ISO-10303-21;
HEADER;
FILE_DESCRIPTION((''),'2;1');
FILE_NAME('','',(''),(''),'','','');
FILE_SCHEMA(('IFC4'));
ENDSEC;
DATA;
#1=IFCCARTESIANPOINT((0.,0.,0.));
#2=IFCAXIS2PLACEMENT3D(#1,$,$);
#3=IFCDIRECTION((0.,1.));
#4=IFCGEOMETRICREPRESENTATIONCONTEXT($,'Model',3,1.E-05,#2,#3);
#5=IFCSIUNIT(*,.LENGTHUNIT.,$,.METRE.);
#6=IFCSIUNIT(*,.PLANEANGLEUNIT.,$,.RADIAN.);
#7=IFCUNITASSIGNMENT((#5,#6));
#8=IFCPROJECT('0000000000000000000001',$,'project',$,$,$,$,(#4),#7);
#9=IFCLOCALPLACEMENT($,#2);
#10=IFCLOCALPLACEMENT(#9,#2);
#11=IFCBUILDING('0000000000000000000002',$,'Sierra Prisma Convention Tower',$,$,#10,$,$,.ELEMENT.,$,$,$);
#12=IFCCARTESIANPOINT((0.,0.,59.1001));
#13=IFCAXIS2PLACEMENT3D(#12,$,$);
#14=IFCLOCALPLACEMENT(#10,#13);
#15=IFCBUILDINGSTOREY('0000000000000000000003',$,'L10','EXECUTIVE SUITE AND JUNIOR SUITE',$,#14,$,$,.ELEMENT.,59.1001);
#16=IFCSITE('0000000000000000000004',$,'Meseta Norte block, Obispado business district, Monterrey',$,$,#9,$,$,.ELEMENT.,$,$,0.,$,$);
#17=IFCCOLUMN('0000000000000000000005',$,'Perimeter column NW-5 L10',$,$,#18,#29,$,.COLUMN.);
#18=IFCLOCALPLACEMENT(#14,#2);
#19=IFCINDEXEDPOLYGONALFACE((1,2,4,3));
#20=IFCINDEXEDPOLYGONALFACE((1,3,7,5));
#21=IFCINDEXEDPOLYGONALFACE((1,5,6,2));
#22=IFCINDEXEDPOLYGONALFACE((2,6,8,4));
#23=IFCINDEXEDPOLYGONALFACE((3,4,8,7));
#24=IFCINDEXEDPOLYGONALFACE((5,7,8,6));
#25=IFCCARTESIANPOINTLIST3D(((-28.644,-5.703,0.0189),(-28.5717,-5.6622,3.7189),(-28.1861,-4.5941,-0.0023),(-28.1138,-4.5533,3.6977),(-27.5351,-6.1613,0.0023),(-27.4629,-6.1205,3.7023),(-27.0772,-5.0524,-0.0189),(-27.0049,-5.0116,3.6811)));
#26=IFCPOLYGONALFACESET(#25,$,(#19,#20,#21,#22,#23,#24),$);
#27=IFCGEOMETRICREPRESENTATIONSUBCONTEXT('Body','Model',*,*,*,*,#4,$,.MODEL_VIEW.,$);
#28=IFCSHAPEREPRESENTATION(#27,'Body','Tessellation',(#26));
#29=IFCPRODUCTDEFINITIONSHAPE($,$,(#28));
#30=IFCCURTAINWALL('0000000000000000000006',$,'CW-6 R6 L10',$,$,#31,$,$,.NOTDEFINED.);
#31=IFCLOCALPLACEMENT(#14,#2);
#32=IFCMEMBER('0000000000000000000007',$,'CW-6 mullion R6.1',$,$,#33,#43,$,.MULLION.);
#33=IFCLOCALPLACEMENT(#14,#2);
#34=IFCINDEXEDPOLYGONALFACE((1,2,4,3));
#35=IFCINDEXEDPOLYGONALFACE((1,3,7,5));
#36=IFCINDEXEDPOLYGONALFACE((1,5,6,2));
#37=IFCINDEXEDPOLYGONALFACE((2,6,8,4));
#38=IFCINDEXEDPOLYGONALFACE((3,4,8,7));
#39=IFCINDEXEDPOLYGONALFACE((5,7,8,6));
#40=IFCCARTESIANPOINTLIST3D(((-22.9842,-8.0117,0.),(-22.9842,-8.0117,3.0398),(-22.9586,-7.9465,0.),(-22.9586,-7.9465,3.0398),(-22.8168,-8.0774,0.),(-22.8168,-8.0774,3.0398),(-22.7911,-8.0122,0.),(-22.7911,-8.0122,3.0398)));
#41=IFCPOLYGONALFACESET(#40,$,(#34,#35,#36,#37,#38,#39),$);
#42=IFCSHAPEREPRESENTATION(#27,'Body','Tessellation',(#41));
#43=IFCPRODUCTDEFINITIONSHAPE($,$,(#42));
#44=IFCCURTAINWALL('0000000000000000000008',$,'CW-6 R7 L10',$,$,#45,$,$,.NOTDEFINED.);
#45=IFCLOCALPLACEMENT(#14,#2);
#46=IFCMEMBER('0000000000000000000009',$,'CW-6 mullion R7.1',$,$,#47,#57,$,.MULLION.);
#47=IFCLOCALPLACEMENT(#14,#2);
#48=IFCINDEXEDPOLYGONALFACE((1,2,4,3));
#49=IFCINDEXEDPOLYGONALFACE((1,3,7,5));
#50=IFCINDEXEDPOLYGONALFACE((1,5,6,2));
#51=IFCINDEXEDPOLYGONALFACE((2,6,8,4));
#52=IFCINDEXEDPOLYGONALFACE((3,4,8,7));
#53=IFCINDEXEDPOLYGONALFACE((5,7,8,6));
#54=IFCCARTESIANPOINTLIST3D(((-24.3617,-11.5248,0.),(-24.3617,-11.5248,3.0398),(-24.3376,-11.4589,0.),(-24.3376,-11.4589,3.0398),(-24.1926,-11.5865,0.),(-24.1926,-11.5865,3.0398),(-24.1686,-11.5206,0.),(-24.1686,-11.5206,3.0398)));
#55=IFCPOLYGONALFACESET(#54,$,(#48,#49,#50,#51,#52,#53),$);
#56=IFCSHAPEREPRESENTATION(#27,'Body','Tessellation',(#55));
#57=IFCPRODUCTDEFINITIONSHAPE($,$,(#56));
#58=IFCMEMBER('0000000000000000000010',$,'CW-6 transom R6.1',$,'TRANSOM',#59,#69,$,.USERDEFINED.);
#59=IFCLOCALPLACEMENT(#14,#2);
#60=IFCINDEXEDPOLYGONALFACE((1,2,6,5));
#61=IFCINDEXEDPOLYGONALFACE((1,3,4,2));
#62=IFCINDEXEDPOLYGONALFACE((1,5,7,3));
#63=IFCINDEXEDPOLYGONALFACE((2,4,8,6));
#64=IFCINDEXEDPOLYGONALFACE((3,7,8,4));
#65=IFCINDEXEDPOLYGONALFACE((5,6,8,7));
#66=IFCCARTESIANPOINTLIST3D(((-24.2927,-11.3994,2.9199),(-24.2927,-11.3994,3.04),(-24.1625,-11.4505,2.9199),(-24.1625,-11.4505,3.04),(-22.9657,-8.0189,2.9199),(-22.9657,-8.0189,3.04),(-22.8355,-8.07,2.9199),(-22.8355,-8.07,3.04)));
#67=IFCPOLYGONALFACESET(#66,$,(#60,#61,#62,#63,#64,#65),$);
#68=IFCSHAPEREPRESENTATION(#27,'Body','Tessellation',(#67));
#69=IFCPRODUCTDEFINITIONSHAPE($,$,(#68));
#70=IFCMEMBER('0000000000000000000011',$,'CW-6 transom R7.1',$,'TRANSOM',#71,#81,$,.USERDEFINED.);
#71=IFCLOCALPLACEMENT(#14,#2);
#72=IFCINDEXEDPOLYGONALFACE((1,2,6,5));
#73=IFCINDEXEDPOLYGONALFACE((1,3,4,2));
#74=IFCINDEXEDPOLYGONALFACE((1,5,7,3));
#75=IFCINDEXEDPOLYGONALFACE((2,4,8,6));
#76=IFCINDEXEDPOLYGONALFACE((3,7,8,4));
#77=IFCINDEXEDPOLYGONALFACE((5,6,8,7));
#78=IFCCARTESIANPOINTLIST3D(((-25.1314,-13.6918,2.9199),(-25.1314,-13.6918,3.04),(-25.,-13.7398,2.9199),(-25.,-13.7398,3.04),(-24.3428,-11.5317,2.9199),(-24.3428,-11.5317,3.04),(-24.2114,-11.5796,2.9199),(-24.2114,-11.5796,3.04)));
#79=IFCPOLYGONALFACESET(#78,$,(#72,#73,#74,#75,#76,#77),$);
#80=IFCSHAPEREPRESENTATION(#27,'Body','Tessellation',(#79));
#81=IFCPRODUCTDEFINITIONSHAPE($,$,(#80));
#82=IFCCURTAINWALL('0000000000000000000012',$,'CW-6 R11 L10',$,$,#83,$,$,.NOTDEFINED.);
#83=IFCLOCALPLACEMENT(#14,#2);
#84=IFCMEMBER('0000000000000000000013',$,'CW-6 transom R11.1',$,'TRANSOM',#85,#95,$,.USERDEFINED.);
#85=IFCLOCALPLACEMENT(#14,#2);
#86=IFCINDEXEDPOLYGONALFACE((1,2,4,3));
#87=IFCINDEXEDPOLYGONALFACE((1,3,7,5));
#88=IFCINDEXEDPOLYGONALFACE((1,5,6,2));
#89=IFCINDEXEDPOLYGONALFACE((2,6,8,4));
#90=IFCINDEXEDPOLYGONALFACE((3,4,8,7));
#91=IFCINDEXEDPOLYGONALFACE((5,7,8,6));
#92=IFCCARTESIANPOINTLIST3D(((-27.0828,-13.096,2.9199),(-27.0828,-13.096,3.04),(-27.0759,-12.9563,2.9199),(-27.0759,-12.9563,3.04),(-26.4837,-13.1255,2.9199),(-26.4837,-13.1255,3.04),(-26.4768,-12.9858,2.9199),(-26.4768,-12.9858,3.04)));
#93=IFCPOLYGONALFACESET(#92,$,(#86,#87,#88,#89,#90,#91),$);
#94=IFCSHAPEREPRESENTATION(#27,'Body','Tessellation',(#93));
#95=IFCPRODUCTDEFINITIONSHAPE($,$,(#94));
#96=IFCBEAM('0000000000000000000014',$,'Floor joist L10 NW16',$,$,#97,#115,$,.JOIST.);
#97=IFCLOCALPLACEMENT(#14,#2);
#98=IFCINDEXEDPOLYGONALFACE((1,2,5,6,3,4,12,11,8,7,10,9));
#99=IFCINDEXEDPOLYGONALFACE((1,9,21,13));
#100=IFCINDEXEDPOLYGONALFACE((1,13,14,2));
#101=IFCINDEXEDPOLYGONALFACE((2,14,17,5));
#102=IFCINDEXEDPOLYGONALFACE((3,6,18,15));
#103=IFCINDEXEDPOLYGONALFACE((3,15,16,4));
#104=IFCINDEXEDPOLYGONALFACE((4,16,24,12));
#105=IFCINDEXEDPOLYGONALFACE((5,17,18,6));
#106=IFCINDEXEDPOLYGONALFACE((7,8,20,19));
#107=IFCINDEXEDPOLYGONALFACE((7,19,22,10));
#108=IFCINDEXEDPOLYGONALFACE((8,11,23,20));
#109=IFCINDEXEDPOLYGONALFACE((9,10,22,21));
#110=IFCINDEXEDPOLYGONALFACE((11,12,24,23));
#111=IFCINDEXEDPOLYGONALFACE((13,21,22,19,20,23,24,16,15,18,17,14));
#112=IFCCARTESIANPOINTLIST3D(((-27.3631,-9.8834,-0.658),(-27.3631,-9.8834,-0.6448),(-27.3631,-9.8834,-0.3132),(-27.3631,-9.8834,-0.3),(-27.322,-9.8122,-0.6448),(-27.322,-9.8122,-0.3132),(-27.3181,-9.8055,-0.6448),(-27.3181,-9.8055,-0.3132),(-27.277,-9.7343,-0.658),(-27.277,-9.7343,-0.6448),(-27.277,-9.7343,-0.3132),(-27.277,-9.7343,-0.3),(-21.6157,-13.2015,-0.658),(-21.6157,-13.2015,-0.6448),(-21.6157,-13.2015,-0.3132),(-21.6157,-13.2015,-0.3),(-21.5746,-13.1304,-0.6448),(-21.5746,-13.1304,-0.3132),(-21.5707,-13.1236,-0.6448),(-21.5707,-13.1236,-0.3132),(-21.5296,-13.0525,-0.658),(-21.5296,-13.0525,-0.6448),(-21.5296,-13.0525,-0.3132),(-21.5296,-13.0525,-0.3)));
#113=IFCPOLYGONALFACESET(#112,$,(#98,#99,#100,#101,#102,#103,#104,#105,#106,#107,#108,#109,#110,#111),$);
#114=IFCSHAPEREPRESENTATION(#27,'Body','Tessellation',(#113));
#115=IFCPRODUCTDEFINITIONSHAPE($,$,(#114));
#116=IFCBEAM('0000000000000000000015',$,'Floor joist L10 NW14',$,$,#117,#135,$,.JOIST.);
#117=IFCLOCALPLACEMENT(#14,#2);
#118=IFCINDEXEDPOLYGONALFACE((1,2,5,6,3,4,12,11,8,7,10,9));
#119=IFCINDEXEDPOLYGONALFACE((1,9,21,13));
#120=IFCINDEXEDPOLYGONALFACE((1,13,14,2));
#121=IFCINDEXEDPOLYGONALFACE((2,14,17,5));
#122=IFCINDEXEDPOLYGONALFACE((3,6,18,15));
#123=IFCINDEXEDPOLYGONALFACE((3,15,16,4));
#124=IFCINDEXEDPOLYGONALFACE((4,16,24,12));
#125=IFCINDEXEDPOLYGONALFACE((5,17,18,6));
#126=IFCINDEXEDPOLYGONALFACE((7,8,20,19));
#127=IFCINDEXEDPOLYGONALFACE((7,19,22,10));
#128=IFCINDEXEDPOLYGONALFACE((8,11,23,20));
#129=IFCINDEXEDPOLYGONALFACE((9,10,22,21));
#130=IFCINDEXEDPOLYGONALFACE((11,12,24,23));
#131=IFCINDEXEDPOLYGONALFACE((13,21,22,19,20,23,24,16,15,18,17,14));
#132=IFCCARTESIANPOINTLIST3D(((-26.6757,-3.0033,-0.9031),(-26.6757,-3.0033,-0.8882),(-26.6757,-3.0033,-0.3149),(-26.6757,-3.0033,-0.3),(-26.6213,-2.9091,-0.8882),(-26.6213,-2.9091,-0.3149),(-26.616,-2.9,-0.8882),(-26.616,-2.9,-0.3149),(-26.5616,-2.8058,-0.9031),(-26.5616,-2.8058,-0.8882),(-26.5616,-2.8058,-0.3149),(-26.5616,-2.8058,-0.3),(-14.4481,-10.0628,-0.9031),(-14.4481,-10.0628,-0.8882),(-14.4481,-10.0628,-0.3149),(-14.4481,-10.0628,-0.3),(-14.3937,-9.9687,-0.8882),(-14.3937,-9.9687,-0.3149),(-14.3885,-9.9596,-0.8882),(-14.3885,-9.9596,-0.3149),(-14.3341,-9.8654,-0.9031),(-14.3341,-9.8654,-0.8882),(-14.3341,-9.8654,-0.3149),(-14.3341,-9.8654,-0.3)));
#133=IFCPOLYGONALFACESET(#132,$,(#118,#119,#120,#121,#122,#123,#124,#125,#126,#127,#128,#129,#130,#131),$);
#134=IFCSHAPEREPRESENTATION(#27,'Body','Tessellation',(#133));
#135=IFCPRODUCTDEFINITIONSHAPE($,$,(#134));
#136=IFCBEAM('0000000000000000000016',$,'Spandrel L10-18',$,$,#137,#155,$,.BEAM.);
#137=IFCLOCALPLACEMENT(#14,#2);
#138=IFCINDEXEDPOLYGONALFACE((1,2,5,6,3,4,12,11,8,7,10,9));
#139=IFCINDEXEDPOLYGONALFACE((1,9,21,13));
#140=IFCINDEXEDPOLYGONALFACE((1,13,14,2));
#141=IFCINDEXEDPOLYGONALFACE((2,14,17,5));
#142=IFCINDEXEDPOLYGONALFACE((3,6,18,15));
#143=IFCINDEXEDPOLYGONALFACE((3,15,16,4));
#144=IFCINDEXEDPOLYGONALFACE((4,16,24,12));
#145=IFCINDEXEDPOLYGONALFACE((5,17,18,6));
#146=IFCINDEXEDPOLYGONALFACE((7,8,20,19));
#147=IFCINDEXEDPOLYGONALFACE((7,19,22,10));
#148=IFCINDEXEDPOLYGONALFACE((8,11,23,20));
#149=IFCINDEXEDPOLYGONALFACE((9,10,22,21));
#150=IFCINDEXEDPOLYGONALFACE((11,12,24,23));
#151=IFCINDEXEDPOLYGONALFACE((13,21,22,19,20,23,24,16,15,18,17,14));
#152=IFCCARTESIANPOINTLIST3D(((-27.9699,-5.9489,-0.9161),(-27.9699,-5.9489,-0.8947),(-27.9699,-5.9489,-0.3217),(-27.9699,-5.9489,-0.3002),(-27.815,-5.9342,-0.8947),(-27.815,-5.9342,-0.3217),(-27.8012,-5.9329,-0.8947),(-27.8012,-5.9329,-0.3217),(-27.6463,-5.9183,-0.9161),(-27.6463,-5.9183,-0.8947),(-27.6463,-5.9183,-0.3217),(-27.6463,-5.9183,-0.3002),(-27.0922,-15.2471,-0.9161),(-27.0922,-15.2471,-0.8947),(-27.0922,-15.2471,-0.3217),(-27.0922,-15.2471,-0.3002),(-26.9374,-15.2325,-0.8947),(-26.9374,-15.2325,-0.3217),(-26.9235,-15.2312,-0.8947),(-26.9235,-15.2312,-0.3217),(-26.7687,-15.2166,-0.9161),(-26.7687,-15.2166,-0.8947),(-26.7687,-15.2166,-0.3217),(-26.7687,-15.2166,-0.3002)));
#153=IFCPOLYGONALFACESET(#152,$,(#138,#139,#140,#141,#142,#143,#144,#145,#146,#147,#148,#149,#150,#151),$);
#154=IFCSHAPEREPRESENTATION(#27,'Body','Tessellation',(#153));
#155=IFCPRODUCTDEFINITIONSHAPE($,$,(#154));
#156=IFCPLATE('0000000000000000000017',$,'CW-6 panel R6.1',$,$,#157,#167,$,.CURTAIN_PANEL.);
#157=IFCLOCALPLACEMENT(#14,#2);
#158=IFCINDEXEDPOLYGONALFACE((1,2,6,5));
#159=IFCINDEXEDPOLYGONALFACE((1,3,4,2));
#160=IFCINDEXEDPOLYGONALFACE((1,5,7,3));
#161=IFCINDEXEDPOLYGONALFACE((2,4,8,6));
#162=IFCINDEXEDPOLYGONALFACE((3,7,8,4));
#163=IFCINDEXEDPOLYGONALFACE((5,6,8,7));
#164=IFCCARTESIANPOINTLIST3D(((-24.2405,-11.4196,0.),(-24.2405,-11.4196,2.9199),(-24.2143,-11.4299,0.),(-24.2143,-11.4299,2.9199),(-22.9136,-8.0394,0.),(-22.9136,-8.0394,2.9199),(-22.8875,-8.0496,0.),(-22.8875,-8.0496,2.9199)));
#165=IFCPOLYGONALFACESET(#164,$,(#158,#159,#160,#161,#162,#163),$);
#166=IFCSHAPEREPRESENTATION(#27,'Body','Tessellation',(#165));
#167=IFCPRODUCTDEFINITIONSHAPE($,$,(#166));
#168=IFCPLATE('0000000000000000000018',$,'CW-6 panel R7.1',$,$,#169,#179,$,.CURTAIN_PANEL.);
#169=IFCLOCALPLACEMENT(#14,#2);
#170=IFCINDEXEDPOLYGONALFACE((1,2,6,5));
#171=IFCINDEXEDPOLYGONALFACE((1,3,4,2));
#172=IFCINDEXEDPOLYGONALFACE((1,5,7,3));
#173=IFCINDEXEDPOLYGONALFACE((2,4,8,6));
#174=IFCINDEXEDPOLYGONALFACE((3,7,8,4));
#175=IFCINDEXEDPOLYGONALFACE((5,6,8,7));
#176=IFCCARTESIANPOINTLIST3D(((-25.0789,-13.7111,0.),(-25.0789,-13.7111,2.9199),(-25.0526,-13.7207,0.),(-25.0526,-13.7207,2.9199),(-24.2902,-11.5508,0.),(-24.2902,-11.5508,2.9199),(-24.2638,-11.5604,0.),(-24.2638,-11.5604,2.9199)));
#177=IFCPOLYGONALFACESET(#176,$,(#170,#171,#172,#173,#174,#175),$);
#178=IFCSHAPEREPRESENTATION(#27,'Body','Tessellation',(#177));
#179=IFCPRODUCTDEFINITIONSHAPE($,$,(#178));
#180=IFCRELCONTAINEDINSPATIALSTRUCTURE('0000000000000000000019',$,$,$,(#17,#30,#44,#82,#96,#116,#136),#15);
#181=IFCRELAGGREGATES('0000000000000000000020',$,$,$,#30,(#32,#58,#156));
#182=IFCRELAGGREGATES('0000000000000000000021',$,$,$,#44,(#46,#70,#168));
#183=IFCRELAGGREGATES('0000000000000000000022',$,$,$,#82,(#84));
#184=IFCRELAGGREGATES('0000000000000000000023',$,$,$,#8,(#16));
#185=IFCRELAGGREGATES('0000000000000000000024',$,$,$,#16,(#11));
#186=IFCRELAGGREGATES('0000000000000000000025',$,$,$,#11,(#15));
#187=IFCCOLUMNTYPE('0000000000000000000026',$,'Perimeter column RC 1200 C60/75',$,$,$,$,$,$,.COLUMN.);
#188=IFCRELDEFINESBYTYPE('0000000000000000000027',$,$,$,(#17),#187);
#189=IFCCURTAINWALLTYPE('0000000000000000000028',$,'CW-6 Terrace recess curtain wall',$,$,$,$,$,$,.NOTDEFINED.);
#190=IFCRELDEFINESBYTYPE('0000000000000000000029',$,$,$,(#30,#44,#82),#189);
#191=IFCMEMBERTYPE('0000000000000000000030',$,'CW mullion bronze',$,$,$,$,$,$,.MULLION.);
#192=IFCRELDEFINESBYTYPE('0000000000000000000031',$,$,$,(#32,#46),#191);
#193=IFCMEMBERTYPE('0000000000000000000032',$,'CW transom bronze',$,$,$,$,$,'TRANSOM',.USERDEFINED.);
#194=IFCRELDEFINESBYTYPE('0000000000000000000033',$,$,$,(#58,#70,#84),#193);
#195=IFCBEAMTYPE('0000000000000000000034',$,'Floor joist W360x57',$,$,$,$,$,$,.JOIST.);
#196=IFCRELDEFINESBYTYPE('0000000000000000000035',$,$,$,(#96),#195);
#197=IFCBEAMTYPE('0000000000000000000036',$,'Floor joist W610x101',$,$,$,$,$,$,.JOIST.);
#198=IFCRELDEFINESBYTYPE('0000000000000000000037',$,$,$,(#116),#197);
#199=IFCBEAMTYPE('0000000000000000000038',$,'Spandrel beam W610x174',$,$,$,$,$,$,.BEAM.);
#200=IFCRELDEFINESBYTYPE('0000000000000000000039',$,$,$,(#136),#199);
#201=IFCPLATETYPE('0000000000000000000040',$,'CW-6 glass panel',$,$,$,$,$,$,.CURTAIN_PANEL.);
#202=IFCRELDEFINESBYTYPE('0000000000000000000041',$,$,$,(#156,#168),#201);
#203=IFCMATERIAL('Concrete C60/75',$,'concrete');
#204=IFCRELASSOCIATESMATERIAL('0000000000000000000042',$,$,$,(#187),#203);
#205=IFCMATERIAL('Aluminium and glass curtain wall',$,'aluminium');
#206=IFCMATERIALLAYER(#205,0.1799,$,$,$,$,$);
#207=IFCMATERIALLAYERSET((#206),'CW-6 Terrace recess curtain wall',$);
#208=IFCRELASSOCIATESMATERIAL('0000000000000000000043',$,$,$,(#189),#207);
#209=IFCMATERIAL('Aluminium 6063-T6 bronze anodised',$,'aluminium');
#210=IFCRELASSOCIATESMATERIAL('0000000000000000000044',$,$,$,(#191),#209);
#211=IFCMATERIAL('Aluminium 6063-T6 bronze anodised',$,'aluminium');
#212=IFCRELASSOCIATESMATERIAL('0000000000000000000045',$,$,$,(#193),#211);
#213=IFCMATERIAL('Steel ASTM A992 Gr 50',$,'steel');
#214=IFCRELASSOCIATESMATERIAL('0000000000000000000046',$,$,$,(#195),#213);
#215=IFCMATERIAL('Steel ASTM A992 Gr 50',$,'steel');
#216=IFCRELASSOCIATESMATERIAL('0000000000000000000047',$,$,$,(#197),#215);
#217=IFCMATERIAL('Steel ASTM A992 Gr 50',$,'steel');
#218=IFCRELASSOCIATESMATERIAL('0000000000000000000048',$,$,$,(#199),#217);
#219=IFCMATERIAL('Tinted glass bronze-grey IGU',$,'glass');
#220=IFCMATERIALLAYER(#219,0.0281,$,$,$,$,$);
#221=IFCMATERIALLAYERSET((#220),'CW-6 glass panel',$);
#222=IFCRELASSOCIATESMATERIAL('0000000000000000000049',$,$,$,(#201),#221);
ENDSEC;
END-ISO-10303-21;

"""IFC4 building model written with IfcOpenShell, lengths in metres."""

from ifc_helpers import new_model, si_unit, direction, frame, origin, origin_2d, place, context, subcontext, project, spatial, rectangle, i_section, extrude, material, layer, layer_set, material_profile, profile_set, type_object, element, aggregate, save


model = new_model("IFC4")

# Units and contexts
model_context = context("Model", 3, precision=1e-05, world=origin(), true_north=direction((0.0, 1.0)))
body_context = subcontext(model_context, "Body", "Model", "MODEL_VIEW")
ifc_project = project(units=[si_unit("LENGTHUNIT", "METRE"), si_unit("PLANEANGLEUNIT", "RADIAN")], contexts=[model_context])

# Site, building, storey
site_placement = place(None, origin())
site = spatial("IfcSite", under=ifc_project, at=site_placement, Name="Meseta Norte block, Obispado business district, Monterrey", CompositionType="ELEMENT", RefElevation=0.0)
building_placement = place(site_placement, origin())
building = spatial("IfcBuilding", under=site, at=building_placement, Name="Sierra Prisma Convention Tower", CompositionType="ELEMENT")
storey_placement = place(building_placement, frame((0.0, 0.0, 59.1001)))
storey = spatial("IfcBuildingStorey", under=building, at=storey_placement, Name="L10", Description="EXECUTIVE SUITE AND JUNIOR SUITE", CompositionType="ELEMENT", Elevation=59.1001)

# Column
ifc_material_1 = material(Name="Concrete C60/75", Category="concrete")
ifc_material_profile_1 = material_profile(ifc_material_1, rectangle(XDim=1.2, YDim=1.2, at=origin_2d()), Name="Perimeter column RC 1200 C60/75")
ifc_profile_set_1 = profile_set([ifc_material_profile_1], Name="Concrete C60/75")
column_type = type_object("IfcColumnType", Name="Perimeter column RC 1200 C60/75", PredefinedType="COLUMN", material=ifc_profile_set_1)
column_placement = place(storey_placement, frame((-27.8606, -5.3777, 0.0), z_axis=(0.019527, 0.011017, 0.999749), x_axis=(0.381645, 0.924141, -0.017638)))
element("IfcColumn", 1, at=column_placement, inside=storey, type_object=column_type, Name="Perimeter column NW-5 L10", PredefinedType="COLUMN", context=body_context, shape_type="SweptSolid", body=[
    extrude(rectangle(XDim=1.2, YDim=1.2, at=origin_2d()), origin(), (0.0, 0.0, 1.0), 3.7009),
])

# Curtain walls, members
ifc_material_2 = material(Name="Aluminium and glass curtain wall", Category="aluminium")
ifc_layer_1 = layer(ifc_material_2, 0.1799)
ifc_layer_set_1 = layer_set([ifc_layer_1], Name="CW-6 Terrace recess curtain wall")
curtain_wall_type = type_object("IfcCurtainWallType", Name="CW-6 Terrace recess curtain wall", PredefinedType="NOTDEFINED", material=ifc_layer_set_1)
curtain_wall_1_placement = place(storey_placement, origin())
curtain_wall_1 = element("IfcCurtainWall", 2, at=curtain_wall_1_placement, inside=storey, type_object=curtain_wall_type, Name="CW-6 R6 L10", PredefinedType="NOTDEFINED")
ifc_material_3 = material(Name="Aluminium 6063-T6 bronze anodised", Category="aluminium")
ifc_material_profile_2 = material_profile(ifc_material_3, rectangle(XDim=0.1799, YDim=0.0701, at=origin_2d()), Name="ALU MULLION 70x180")
ifc_profile_set_2 = profile_set([ifc_material_profile_2], Name="Aluminium 6063-T6 bronze anodised")
member_type_1 = type_object("IfcMemberType", Name="CW mullion bronze", PredefinedType="MULLION", material=ifc_profile_set_2)
member_1_placement = place(storey_placement, frame((-22.8877, -8.012, 0.0), z_axis=(0.0, 0.0, 1.0), x_axis=(0.930852, -0.365396, 0.0)))
member_1 = element("IfcMember", 3, at=member_1_placement, type_object=member_type_1, Name="CW-6 mullion R6.1", PredefinedType="MULLION", context=body_context, shape_type="SweptSolid", body=[
    extrude(rectangle(XDim=0.1799, YDim=0.0701, at=origin_2d()), origin(), (0.0, 0.0, 1.0), 3.0398),
])
curtain_wall_2_placement = place(storey_placement, origin())
curtain_wall_2 = element("IfcCurtainWall", 4, at=curtain_wall_2_placement, inside=storey, type_object=curtain_wall_type, Name="CW-6 R7 L10", PredefinedType="NOTDEFINED")
member_2_placement = place(storey_placement, frame((-24.2651, -11.5227, 0.0), z_axis=(0.0, 0.0, 1.0), x_axis=(0.939354, -0.342949, 0.0)))
member_2 = element("IfcMember", 5, at=member_2_placement, type_object=member_type_1, Name="CW-6 mullion R7.1", PredefinedType="MULLION", context=body_context, shape_type="SweptSolid", body=[
    extrude(rectangle(XDim=0.1799, YDim=0.0701, at=origin_2d()), origin(), (0.0, 0.0, 1.0), 3.0398),
])

# Members
ifc_material_4 = material(Name="Aluminium 6063-T6 bronze anodised", Category="aluminium")
ifc_material_profile_3 = material_profile(ifc_material_4, rectangle(XDim=0.1399, YDim=0.1201, at=origin_2d()), Name="ALU TRANSOM 120x140")
ifc_profile_set_3 = profile_set([ifc_material_profile_3], Name="Aluminium 6063-T6 bronze anodised")
member_type_2 = type_object("IfcMemberType", Name="CW transom bronze", ElementType="TRANSOM", PredefinedType="USERDEFINED", material=ifc_profile_set_3)
member_3_placement = place(storey_placement, frame((-22.9006, -8.0444, 2.98), z_axis=(-0.36539, -0.930854, 0.0), x_axis=(0.930854, -0.36539, 0.0)))
member_3 = element("IfcMember", 6, at=member_3_placement, type_object=member_type_2, Name="CW-6 transom R6.1", ObjectType="TRANSOM", PredefinedType="USERDEFINED", context=body_context, shape_type="SweptSolid", body=[
    extrude(rectangle(XDim=0.1399, YDim=0.1201, at=origin_2d()), origin(), (0.0, 0.0, 1.0), 3.6316),
])
member_4_placement = place(storey_placement, frame((-24.2771, -11.5557, 2.98), z_axis=(-0.342919, -0.939365, 0.0), x_axis=(0.939365, -0.342919, 0.0)))
member_4 = element("IfcMember", 7, at=member_4_placement, type_object=member_type_2, Name="CW-6 transom R7.1", ObjectType="TRANSOM", PredefinedType="USERDEFINED", context=body_context, shape_type="SweptSolid", body=[
    extrude(rectangle(XDim=0.1399, YDim=0.1201, at=origin_2d()), origin(), (0.0, 0.0, 1.0), 2.2996),
])

# Curtain wall, member
curtain_wall_3_placement = place(storey_placement, origin())
curtain_wall_3 = element("IfcCurtainWall", 8, at=curtain_wall_3_placement, inside=storey, type_object=curtain_wall_type, Name="CW-6 R11 L10", PredefinedType="NOTDEFINED")
member_5_placement = place(storey_placement, frame((-26.4802, -13.0557, 2.98), z_axis=(-0.998787, 0.049247, 0.0), x_axis=(-0.049247, -0.998787, 0.0)))
member_5 = element("IfcMember", 9, at=member_5_placement, type_object=member_type_2, Name="CW-6 transom R11.1", ObjectType="TRANSOM", PredefinedType="USERDEFINED", context=body_context, shape_type="SweptSolid", body=[
    extrude(rectangle(XDim=0.1399, YDim=0.1201, at=origin_2d()), origin(), (0.0, 0.0, 1.0), 0.5999),
])

# Beams
ifc_material_5 = material(Name="Steel ASTM A992 Gr 50", Category="steel")
ifc_material_profile_4 = material_profile(ifc_material_5, i_section(OverallWidth=0.1721, OverallDepth=0.3579, WebThickness=0.0078, FlangeThickness=0.0132, at=origin_2d()), Name="W360x57")
ifc_profile_set_4 = profile_set([ifc_material_profile_4], Name="Steel ASTM A992 Gr 50")
beam_type_1 = type_object("IfcBeamType", Name="Floor joist W360x57", PredefinedType="JOIST", material=ifc_profile_set_4)
beam_1_placement = place(storey_placement, frame((-27.3201, -9.8088, -0.479), z_axis=(0.866032, -0.499989, 0.0), x_axis=(0.499989, 0.866032, 0.0)))
element("IfcBeam", 10, at=beam_1_placement, inside=storey, type_object=beam_type_1, Name="Floor joist L10 NW16", PredefinedType="JOIST", context=body_context, shape_type="SweptSolid", body=[
    extrude(i_section(OverallWidth=0.1721, OverallDepth=0.3579, WebThickness=0.0078, FlangeThickness=0.0132, at=origin_2d()), origin(), (0.0, 0.0, 1.0), 6.6365),
])
ifc_material_6 = material(Name="Steel ASTM A992 Gr 50", Category="steel")
ifc_material_profile_5 = material_profile(ifc_material_6, i_section(OverallWidth=0.228, OverallDepth=0.603, WebThickness=0.0105, FlangeThickness=0.0149, at=origin_2d()), Name="W610x101")
ifc_profile_set_5 = profile_set([ifc_material_profile_5], Name="Steel ASTM A992 Gr 50")
beam_type_2 = type_object("IfcBeamType", Name="Floor joist W610x101", PredefinedType="JOIST", material=ifc_profile_set_5)
beam_2_placement = place(storey_placement, frame((-26.6187, -2.9045, -0.6016), z_axis=(0.866025, -0.5, 0.0), x_axis=(0.5, 0.866025, 0.0)))
element("IfcBeam", 11, at=beam_2_placement, inside=storey, type_object=beam_type_2, Name="Floor joist L10 NW14", PredefinedType="JOIST", context=body_context, shape_type="SweptSolid", body=[
    extrude(i_section(OverallWidth=0.228, OverallDepth=0.603, WebThickness=0.0105, FlangeThickness=0.0149, at=origin_2d()), origin(), (0.0, 0.0, 1.0), 14.1191),
])
ifc_material_7 = material(Name="Steel ASTM A992 Gr 50", Category="steel")
ifc_material_profile_6 = material_profile(ifc_material_7, i_section(OverallWidth=0.325, OverallDepth=0.616, WebThickness=0.0139, FlangeThickness=0.0215, at=origin_2d()), Name="W610x174")
ifc_profile_set_6 = profile_set([ifc_material_profile_6], Name="Steel ASTM A992 Gr 50")
beam_type_3 = type_object("IfcBeamType", Name="Spandrel beam W610x174", PredefinedType="BEAM", material=ifc_profile_set_6)
beam_3_placement = place(storey_placement, frame((-27.8081, -5.9336, -0.6082), z_axis=(0.093974, -0.995575, 0.0), x_axis=(0.995575, 0.093974, 0.0)))
element("IfcBeam", 12, at=beam_3_placement, inside=storey, type_object=beam_type_3, Name="Spandrel L10-18", PredefinedType="BEAM", context=body_context, shape_type="SweptSolid", body=[
    extrude(i_section(OverallWidth=0.325, OverallDepth=0.616, WebThickness=0.0139, FlangeThickness=0.0215, at=origin_2d()), origin(), (0.0, 0.0, 1.0), 9.3396),
])

# Plates
ifc_material_8 = material(Name="Tinted glass bronze-grey IGU", Category="glass")
ifc_layer_2 = layer(ifc_material_8, 0.0281)
ifc_layer_set_2 = layer_set([ifc_layer_2], Name="CW-6 glass panel")
plate_type = type_object("IfcPlateType", Name="CW-6 glass panel", PredefinedType="CURTAIN_PANEL", material=ifc_layer_set_2)
plate_1_placement = place(storey_placement, frame((-23.564, -9.7346, 0.0), z_axis=(0.0, 0.0, 1.0), x_axis=(-0.365396, -0.930852, 0.0)))
plate_1 = element("IfcPlate", 13, at=plate_1_placement, type_object=plate_type, Name="CW-6 panel R6.1", PredefinedType="CURTAIN_PANEL", context=body_context, shape_type="SweptSolid", body=[
    extrude(rectangle(XDim=3.6313, YDim=0.0281, at=origin_2d()), origin(), (0.0, 0.0, 1.0), 2.9199),
])
aggregate(curtain_wall_1, [member_1, member_3, plate_1])
plate_2_placement = place(storey_placement, frame((-24.6714, -12.6357, 0.0), z_axis=(0.0, 0.0, 1.0), x_axis=(-0.342949, -0.939354, 0.0)))
plate_2 = element("IfcPlate", 14, at=plate_2_placement, type_object=plate_type, Name="CW-6 panel R7.1", PredefinedType="CURTAIN_PANEL", context=body_context, shape_type="SweptSolid", body=[
    extrude(rectangle(XDim=2.2998, YDim=0.0281, at=origin_2d()), origin(), (0.0, 0.0, 1.0), 2.9199),
])
aggregate(curtain_wall_2, [member_2, member_4, plate_2])
aggregate(curtain_wall_3, [member_5])

save(model, "model.ifc")
